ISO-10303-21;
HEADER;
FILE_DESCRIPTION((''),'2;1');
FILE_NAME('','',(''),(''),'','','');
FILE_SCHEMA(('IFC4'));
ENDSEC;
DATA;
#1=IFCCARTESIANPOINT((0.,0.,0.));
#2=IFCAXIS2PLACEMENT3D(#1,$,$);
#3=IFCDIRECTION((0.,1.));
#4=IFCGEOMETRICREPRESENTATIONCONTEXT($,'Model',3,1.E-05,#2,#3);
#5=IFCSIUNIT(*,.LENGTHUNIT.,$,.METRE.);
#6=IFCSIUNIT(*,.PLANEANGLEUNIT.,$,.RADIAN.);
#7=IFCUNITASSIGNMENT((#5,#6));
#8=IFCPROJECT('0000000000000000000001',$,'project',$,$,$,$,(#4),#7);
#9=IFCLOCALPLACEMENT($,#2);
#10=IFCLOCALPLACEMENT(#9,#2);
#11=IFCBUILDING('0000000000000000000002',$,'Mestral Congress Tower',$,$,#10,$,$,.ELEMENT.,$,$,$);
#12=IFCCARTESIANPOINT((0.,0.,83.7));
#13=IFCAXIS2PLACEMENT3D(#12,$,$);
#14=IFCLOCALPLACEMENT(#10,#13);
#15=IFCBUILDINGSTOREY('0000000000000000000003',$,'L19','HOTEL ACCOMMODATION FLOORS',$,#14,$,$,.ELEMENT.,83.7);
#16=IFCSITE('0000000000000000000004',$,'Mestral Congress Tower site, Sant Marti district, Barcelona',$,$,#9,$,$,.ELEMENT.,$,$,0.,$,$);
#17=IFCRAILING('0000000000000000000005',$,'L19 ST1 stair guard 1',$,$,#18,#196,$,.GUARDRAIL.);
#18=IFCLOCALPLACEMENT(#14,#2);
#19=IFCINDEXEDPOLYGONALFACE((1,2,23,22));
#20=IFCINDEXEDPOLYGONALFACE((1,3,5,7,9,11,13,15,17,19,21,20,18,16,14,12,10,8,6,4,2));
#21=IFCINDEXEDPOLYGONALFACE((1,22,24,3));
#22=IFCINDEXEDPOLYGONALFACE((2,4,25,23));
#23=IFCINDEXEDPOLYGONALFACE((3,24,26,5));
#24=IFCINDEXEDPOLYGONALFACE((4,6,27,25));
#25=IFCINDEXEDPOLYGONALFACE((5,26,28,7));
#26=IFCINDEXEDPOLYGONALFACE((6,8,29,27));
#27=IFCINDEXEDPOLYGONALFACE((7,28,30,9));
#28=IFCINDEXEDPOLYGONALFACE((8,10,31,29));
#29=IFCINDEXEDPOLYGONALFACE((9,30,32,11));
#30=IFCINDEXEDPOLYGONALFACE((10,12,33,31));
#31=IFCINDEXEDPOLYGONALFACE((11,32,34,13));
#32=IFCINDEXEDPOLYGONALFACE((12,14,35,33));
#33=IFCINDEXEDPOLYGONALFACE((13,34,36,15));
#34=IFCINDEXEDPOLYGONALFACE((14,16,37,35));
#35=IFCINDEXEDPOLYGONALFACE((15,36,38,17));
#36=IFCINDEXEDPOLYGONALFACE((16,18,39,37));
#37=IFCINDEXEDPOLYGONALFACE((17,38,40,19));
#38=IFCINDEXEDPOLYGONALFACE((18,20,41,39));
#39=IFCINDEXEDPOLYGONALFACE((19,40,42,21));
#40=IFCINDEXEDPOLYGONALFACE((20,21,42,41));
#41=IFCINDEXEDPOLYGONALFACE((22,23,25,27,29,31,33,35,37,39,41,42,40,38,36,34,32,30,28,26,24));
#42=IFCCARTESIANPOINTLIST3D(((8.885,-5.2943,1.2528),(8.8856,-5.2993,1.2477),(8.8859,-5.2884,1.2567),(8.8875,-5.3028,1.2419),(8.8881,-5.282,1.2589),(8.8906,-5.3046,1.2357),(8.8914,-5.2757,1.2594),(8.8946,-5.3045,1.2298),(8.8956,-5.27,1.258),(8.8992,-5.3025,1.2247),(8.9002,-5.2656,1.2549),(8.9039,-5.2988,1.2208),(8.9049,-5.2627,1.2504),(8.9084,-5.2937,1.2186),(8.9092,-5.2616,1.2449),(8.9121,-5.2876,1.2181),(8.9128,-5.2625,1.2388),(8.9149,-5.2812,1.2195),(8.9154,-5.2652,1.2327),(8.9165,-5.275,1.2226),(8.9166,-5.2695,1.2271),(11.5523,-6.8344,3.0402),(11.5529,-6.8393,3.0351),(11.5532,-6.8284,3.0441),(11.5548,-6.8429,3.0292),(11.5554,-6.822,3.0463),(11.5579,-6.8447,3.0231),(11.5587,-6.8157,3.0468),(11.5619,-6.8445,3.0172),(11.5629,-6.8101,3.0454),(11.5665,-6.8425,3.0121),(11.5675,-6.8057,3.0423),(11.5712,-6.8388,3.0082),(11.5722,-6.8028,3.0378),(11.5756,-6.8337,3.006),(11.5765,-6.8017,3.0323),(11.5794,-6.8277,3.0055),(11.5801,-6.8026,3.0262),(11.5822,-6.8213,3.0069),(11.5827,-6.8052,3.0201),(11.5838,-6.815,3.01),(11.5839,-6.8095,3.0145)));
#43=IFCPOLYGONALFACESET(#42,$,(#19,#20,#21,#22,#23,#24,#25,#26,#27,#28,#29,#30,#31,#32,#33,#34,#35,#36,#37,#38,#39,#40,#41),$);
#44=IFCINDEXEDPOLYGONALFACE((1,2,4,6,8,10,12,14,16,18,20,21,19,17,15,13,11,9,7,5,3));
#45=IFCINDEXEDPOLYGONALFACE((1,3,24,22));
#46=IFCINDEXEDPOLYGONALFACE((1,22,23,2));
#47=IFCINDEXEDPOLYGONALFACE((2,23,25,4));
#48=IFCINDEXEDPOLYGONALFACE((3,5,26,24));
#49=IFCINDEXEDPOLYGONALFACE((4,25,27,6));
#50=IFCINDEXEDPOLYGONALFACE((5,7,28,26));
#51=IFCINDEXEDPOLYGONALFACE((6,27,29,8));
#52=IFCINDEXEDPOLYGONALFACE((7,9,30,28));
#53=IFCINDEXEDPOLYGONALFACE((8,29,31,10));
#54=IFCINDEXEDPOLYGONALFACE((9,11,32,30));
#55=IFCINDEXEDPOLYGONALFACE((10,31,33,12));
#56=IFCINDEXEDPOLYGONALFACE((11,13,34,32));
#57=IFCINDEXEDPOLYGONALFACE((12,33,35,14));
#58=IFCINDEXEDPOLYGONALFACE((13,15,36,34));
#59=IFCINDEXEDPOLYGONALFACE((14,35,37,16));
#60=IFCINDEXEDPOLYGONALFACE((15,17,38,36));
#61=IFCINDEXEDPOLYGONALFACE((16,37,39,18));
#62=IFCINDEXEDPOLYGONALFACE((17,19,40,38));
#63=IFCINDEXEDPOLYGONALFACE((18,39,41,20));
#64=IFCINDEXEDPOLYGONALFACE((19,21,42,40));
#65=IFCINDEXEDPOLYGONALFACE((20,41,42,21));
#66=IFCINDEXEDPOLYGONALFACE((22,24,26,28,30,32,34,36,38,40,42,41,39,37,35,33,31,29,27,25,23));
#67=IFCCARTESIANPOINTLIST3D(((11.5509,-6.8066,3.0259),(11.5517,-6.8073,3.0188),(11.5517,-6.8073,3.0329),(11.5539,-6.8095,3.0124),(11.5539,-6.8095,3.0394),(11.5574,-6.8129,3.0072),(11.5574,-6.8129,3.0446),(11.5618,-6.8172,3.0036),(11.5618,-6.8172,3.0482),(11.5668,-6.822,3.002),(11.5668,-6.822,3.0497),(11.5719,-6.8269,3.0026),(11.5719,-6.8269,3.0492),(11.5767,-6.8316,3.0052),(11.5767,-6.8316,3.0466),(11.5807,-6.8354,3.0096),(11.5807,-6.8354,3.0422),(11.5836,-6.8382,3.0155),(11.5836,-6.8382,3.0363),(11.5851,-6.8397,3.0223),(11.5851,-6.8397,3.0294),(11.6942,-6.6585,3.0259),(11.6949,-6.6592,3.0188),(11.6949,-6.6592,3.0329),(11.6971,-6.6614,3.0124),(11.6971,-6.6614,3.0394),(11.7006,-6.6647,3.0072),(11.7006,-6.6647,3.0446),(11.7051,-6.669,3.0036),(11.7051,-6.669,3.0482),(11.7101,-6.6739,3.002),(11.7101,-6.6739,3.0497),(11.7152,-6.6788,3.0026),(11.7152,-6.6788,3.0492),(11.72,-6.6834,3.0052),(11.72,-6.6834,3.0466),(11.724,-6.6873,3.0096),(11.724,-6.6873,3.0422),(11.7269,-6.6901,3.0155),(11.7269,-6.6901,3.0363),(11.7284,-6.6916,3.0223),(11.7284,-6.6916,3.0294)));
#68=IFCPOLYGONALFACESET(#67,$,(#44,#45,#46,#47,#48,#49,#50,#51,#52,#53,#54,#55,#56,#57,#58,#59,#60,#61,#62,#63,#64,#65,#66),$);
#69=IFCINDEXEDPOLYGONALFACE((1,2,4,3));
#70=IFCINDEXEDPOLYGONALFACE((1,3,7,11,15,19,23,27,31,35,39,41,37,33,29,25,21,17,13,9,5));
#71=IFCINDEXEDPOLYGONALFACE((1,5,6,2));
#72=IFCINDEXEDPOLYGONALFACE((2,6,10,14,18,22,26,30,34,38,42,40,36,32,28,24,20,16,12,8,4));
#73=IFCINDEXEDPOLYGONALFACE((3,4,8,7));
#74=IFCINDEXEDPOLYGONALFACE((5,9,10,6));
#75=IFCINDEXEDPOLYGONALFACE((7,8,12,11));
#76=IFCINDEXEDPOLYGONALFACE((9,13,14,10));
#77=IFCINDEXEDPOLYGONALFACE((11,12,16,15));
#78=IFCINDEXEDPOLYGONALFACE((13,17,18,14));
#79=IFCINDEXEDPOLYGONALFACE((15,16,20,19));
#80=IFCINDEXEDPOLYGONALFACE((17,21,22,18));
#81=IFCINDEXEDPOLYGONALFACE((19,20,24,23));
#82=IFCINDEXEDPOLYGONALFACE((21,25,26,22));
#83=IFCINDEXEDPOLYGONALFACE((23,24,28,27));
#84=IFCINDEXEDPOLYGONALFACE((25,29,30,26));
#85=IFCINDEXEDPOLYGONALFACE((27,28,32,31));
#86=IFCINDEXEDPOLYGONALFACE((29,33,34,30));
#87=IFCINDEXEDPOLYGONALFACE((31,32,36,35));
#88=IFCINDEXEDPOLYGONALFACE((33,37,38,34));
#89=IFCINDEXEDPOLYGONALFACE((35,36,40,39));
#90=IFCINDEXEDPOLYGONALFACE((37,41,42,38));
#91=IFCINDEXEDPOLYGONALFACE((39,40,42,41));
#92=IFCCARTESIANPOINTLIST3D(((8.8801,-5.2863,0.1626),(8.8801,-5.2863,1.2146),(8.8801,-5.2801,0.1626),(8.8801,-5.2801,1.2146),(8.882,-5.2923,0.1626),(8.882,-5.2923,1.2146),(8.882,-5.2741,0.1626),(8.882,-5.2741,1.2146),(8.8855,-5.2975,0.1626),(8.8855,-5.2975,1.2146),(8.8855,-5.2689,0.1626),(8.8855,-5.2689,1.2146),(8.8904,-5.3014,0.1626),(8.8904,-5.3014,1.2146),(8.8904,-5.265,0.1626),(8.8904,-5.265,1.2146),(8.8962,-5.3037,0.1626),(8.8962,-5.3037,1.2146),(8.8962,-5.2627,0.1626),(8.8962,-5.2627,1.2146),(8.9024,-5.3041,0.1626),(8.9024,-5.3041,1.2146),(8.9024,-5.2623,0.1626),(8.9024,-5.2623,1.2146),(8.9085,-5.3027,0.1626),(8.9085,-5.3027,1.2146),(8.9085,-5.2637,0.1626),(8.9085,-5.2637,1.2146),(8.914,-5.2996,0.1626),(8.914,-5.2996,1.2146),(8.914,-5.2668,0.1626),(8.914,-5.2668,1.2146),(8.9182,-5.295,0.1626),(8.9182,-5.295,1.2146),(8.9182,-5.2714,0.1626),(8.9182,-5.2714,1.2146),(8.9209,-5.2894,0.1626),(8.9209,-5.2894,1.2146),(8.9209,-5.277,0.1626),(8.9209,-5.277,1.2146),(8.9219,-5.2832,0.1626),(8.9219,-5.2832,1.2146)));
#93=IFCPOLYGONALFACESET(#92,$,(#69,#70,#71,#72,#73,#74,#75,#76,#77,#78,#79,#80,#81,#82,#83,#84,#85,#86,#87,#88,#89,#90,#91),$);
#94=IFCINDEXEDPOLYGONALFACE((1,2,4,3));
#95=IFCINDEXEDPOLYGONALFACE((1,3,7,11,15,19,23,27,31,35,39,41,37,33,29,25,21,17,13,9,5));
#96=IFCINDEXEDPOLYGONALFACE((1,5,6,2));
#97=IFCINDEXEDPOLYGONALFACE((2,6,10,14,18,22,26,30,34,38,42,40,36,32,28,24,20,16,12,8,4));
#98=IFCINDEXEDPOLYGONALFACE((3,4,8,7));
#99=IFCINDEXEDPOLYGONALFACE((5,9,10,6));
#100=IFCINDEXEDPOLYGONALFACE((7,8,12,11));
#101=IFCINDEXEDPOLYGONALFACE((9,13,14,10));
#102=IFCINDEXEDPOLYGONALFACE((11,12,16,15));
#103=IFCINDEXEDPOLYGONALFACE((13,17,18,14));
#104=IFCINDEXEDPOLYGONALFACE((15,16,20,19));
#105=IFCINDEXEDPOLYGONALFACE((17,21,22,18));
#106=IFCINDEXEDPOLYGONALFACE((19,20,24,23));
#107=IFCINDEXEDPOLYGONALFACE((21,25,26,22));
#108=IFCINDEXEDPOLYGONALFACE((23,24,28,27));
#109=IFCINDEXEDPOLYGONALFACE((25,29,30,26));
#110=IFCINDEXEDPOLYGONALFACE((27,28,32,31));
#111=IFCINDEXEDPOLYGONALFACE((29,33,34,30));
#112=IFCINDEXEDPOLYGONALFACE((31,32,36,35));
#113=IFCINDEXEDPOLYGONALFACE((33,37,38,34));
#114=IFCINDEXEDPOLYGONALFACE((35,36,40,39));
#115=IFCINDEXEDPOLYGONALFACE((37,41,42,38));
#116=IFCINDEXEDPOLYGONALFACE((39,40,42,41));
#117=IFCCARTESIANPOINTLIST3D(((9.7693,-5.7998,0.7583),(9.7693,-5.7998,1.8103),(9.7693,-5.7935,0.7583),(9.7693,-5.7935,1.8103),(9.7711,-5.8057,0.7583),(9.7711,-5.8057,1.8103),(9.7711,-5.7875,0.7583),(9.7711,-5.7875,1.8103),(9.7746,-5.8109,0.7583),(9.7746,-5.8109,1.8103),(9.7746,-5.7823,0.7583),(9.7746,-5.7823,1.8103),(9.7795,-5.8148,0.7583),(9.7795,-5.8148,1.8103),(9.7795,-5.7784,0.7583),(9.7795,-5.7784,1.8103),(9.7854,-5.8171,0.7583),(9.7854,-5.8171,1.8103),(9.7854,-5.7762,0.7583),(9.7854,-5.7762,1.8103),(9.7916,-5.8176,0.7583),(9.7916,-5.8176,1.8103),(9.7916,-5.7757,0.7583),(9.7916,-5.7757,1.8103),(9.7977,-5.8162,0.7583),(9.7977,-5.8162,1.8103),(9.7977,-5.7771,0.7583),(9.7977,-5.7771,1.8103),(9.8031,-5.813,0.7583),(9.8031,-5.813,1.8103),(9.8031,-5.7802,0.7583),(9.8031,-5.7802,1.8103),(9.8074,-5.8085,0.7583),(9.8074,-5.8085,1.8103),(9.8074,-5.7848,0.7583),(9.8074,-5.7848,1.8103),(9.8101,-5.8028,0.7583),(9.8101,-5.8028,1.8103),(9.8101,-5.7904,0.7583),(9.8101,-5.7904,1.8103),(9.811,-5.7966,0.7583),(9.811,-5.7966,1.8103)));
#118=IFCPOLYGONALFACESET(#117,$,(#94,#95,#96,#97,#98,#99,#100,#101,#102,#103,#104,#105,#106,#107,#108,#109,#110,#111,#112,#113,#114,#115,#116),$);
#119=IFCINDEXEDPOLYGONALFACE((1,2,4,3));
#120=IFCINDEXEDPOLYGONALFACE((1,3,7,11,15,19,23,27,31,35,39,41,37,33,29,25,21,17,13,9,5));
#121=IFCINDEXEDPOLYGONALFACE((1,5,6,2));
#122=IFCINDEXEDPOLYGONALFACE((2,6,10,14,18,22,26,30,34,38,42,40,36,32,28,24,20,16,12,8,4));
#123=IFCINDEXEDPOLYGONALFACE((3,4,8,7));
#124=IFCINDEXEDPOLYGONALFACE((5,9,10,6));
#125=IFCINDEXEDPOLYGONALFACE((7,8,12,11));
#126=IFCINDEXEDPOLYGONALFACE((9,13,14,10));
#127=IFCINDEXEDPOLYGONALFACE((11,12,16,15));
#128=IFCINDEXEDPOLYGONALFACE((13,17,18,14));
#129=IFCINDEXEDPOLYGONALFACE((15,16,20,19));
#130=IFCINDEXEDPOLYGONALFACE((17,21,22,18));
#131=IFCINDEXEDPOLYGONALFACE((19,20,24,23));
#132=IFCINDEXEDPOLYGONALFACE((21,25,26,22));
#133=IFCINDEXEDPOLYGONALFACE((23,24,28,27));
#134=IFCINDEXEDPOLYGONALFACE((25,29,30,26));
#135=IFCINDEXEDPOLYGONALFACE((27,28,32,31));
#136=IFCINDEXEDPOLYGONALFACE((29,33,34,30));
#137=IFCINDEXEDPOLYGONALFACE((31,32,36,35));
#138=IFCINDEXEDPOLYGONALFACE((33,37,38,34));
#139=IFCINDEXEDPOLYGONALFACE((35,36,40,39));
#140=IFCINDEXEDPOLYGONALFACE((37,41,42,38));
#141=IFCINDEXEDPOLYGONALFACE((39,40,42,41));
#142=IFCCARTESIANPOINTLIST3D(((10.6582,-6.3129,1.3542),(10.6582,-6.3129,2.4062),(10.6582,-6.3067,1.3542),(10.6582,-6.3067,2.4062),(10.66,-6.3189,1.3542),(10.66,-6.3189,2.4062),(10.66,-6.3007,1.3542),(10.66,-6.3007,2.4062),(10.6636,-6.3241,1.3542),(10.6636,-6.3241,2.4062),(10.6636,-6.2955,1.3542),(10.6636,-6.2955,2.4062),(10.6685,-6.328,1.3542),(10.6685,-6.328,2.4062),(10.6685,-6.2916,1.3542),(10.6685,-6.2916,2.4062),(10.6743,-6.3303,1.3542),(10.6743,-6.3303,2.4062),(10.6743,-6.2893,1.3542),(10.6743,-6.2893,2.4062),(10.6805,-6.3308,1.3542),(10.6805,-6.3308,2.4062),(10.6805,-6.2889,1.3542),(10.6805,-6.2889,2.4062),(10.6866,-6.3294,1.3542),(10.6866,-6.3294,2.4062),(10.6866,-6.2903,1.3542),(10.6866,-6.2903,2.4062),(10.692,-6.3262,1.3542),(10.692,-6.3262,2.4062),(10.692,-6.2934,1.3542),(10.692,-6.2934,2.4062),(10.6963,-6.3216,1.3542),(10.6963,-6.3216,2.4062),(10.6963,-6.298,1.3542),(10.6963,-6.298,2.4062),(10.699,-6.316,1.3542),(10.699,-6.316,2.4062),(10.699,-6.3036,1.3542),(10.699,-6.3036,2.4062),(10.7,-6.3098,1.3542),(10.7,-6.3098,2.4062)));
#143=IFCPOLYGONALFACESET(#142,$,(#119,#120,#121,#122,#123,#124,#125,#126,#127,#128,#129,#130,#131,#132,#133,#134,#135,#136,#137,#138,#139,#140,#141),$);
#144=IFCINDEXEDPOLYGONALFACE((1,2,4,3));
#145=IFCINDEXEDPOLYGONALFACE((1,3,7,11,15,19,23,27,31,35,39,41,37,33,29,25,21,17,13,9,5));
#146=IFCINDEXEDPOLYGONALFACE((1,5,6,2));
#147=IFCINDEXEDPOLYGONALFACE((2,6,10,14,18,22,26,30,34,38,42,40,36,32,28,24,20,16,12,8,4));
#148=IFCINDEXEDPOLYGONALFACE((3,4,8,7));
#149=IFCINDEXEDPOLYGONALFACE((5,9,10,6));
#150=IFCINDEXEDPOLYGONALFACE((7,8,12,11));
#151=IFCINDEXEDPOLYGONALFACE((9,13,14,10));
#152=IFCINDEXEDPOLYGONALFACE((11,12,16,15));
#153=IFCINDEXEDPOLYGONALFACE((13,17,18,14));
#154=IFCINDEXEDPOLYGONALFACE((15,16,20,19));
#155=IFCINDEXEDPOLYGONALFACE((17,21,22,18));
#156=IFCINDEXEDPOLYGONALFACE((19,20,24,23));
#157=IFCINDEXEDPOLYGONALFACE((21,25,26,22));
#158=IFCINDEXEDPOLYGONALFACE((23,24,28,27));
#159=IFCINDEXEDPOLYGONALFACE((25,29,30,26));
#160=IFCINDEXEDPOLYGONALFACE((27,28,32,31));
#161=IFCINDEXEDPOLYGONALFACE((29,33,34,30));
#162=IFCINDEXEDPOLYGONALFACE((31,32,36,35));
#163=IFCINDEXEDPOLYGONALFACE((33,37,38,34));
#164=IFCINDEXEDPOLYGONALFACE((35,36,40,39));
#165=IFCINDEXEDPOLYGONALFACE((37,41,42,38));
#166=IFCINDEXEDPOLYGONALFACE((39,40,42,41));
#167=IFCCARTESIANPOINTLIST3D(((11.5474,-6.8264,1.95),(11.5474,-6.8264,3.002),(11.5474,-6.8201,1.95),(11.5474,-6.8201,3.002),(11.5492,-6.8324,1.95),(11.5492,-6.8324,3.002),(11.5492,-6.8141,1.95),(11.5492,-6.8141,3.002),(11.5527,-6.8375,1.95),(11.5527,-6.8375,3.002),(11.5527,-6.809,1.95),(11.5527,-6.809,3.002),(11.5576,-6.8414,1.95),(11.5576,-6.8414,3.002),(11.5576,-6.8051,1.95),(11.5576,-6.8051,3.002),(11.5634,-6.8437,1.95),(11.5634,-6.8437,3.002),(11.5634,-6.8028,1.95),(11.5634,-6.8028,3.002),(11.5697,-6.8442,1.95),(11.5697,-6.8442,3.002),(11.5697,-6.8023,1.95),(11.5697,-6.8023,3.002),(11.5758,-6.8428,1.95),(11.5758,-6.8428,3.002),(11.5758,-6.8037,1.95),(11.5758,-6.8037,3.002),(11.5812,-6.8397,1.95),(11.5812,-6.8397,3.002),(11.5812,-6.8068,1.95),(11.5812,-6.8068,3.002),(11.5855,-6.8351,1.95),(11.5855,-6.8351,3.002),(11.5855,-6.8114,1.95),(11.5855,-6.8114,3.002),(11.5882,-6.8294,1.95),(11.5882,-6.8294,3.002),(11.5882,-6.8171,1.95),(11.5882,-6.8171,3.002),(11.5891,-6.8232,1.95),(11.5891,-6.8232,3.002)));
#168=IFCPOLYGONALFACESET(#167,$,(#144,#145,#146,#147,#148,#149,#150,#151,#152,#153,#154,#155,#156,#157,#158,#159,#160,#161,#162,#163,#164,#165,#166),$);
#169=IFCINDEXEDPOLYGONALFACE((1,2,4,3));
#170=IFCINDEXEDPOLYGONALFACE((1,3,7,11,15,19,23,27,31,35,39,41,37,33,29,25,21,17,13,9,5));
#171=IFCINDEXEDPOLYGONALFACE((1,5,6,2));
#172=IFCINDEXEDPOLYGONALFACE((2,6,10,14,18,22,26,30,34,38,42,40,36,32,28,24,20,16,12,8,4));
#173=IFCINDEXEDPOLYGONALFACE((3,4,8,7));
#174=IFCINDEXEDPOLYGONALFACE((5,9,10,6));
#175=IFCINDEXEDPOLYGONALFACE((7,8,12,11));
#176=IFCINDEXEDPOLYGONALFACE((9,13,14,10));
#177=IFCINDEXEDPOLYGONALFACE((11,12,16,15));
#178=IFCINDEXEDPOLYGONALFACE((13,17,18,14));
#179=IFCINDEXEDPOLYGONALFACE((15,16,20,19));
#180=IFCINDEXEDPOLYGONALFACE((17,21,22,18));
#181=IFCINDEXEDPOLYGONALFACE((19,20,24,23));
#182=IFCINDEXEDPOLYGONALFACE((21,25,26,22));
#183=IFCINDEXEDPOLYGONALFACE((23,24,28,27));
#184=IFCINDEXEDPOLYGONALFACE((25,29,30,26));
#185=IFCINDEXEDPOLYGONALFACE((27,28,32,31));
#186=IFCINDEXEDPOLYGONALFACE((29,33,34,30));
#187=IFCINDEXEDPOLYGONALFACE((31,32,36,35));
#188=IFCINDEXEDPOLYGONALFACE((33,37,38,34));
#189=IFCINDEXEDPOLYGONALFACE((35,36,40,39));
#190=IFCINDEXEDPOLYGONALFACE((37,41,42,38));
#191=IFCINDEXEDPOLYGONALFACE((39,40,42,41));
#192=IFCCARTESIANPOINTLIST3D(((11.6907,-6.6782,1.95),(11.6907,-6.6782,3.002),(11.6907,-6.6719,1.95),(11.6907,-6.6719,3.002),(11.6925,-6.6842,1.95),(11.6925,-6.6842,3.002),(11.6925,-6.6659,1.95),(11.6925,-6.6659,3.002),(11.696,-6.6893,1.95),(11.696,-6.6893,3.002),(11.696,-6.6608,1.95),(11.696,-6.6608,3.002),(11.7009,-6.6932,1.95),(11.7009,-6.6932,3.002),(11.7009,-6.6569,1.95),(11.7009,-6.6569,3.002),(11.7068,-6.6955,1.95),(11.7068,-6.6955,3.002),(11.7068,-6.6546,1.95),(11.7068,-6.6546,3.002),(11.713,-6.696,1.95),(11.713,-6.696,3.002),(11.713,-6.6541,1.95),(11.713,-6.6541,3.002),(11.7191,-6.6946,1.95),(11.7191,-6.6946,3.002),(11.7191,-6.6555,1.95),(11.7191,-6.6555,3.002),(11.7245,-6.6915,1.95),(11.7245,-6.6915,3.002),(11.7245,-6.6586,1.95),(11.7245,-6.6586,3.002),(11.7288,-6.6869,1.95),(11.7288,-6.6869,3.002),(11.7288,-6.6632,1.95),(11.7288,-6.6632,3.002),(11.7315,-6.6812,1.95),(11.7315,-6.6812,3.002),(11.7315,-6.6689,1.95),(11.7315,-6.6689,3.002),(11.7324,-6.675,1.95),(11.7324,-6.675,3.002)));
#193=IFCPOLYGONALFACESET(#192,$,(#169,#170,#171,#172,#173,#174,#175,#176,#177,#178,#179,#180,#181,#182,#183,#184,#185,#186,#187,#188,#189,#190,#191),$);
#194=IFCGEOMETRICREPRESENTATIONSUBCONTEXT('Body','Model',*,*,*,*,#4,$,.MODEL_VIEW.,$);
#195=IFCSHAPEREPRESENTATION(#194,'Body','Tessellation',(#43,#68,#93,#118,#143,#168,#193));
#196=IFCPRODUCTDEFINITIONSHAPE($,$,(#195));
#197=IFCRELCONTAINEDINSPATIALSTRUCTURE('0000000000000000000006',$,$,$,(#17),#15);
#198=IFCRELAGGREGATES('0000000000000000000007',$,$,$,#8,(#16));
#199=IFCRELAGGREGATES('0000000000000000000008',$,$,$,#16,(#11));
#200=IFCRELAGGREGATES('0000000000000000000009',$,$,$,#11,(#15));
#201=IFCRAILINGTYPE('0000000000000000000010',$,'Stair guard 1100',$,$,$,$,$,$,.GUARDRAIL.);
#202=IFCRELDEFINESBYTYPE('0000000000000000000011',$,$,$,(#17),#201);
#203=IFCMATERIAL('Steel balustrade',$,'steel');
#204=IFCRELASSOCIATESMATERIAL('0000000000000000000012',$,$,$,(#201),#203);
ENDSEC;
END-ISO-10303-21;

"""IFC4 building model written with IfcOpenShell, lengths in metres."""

from ifc_helpers import new_model, si_unit, direction, frame, origin, origin_2d, place, context, subcontext, project, spatial, circle, extrude, material, type_object, element, save


model = new_model("IFC4")

# Units and contexts
model_context = context("Model", 3, precision=1e-05, world=origin(), true_north=direction((0.0, 1.0)))
body_context = subcontext(model_context, "Body", "Model", "MODEL_VIEW")
ifc_project = project(units=[si_unit("LENGTHUNIT", "METRE"), si_unit("PLANEANGLEUNIT", "RADIAN")], contexts=[model_context])

# Site, building, storey
site_placement = place(None, origin())
site = spatial("IfcSite", under=ifc_project, at=site_placement, Name="Mestral Congress Tower site, Sant Marti district, Barcelona", CompositionType="ELEMENT", RefElevation=0.0)
building_placement = place(site_placement, origin())
building = spatial("IfcBuilding", under=site, at=building_placement, Name="Mestral Congress Tower", CompositionType="ELEMENT")
storey_placement = place(building_placement, frame((0.0, 0.0, 83.7)))
storey = spatial("IfcBuildingStorey", under=building, at=storey_placement, Name="L19", Description="HOTEL ACCOMMODATION FLOORS", CompositionType="ELEMENT", Elevation=83.7)

# Railing
ifc_material_1 = material(Name="Steel balustrade", Category="steel")
railing_type_1 = type_object("IfcRailingType", Name="Stair guard 1100", PredefinedType="GUARDRAIL", material=ifc_material_1)
railing_1_placement = place(storey_placement, frame((8.9009, -5.2832, 0.1626)))
element("IfcRailing", 1, at=railing_1_placement, inside=storey, type_object=railing_type_1, Name="L19 ST1 stair guard 1", PredefinedType="GUARDRAIL", context=body_context, shape_type="SweptSolid", body=[
    extrude(circle(Radius=0.0239, at=origin_2d()), frame((0.0, 0.0, 1.0762), z_axis=(0.74902, -0.432477, 0.501929), x_axis=(0.500027, 0.86601, 0.0)), (0.0, 0.0, 1.0), 3.561),
    extrude(circle(Radius=0.0239, at=origin_2d()), frame((2.6672, -1.54, 2.8633), z_axis=(0.695165, 0.71885, 0.0), x_axis=(-0.71885, 0.695165, 0.0)), (0.0, 0.0, 1.0), 0.2061),
    extrude(circle(Radius=0.021, at=origin_2d()), origin(), (0.0, 0.0, 1.0), 1.052),
    extrude(circle(Radius=0.021, at=origin_2d()), frame((0.8892, -0.5134, 0.5957)), (0.0, 0.0, 1.0), 1.052),
    extrude(circle(Radius=0.021, at=origin_2d()), frame((1.7781, -1.0266, 1.1917)), (0.0, 0.0, 1.0), 1.052),
    extrude(circle(Radius=0.021, at=origin_2d()), frame((2.6672, -1.54, 1.7874)), (0.0, 0.0, 1.0), 1.052),
    extrude(circle(Radius=0.021, at=origin_2d()), frame((2.8105, -1.3918, 1.7874)), (0.0, 0.0, 1.0), 1.052),
])

save(model, "model.ifc")
